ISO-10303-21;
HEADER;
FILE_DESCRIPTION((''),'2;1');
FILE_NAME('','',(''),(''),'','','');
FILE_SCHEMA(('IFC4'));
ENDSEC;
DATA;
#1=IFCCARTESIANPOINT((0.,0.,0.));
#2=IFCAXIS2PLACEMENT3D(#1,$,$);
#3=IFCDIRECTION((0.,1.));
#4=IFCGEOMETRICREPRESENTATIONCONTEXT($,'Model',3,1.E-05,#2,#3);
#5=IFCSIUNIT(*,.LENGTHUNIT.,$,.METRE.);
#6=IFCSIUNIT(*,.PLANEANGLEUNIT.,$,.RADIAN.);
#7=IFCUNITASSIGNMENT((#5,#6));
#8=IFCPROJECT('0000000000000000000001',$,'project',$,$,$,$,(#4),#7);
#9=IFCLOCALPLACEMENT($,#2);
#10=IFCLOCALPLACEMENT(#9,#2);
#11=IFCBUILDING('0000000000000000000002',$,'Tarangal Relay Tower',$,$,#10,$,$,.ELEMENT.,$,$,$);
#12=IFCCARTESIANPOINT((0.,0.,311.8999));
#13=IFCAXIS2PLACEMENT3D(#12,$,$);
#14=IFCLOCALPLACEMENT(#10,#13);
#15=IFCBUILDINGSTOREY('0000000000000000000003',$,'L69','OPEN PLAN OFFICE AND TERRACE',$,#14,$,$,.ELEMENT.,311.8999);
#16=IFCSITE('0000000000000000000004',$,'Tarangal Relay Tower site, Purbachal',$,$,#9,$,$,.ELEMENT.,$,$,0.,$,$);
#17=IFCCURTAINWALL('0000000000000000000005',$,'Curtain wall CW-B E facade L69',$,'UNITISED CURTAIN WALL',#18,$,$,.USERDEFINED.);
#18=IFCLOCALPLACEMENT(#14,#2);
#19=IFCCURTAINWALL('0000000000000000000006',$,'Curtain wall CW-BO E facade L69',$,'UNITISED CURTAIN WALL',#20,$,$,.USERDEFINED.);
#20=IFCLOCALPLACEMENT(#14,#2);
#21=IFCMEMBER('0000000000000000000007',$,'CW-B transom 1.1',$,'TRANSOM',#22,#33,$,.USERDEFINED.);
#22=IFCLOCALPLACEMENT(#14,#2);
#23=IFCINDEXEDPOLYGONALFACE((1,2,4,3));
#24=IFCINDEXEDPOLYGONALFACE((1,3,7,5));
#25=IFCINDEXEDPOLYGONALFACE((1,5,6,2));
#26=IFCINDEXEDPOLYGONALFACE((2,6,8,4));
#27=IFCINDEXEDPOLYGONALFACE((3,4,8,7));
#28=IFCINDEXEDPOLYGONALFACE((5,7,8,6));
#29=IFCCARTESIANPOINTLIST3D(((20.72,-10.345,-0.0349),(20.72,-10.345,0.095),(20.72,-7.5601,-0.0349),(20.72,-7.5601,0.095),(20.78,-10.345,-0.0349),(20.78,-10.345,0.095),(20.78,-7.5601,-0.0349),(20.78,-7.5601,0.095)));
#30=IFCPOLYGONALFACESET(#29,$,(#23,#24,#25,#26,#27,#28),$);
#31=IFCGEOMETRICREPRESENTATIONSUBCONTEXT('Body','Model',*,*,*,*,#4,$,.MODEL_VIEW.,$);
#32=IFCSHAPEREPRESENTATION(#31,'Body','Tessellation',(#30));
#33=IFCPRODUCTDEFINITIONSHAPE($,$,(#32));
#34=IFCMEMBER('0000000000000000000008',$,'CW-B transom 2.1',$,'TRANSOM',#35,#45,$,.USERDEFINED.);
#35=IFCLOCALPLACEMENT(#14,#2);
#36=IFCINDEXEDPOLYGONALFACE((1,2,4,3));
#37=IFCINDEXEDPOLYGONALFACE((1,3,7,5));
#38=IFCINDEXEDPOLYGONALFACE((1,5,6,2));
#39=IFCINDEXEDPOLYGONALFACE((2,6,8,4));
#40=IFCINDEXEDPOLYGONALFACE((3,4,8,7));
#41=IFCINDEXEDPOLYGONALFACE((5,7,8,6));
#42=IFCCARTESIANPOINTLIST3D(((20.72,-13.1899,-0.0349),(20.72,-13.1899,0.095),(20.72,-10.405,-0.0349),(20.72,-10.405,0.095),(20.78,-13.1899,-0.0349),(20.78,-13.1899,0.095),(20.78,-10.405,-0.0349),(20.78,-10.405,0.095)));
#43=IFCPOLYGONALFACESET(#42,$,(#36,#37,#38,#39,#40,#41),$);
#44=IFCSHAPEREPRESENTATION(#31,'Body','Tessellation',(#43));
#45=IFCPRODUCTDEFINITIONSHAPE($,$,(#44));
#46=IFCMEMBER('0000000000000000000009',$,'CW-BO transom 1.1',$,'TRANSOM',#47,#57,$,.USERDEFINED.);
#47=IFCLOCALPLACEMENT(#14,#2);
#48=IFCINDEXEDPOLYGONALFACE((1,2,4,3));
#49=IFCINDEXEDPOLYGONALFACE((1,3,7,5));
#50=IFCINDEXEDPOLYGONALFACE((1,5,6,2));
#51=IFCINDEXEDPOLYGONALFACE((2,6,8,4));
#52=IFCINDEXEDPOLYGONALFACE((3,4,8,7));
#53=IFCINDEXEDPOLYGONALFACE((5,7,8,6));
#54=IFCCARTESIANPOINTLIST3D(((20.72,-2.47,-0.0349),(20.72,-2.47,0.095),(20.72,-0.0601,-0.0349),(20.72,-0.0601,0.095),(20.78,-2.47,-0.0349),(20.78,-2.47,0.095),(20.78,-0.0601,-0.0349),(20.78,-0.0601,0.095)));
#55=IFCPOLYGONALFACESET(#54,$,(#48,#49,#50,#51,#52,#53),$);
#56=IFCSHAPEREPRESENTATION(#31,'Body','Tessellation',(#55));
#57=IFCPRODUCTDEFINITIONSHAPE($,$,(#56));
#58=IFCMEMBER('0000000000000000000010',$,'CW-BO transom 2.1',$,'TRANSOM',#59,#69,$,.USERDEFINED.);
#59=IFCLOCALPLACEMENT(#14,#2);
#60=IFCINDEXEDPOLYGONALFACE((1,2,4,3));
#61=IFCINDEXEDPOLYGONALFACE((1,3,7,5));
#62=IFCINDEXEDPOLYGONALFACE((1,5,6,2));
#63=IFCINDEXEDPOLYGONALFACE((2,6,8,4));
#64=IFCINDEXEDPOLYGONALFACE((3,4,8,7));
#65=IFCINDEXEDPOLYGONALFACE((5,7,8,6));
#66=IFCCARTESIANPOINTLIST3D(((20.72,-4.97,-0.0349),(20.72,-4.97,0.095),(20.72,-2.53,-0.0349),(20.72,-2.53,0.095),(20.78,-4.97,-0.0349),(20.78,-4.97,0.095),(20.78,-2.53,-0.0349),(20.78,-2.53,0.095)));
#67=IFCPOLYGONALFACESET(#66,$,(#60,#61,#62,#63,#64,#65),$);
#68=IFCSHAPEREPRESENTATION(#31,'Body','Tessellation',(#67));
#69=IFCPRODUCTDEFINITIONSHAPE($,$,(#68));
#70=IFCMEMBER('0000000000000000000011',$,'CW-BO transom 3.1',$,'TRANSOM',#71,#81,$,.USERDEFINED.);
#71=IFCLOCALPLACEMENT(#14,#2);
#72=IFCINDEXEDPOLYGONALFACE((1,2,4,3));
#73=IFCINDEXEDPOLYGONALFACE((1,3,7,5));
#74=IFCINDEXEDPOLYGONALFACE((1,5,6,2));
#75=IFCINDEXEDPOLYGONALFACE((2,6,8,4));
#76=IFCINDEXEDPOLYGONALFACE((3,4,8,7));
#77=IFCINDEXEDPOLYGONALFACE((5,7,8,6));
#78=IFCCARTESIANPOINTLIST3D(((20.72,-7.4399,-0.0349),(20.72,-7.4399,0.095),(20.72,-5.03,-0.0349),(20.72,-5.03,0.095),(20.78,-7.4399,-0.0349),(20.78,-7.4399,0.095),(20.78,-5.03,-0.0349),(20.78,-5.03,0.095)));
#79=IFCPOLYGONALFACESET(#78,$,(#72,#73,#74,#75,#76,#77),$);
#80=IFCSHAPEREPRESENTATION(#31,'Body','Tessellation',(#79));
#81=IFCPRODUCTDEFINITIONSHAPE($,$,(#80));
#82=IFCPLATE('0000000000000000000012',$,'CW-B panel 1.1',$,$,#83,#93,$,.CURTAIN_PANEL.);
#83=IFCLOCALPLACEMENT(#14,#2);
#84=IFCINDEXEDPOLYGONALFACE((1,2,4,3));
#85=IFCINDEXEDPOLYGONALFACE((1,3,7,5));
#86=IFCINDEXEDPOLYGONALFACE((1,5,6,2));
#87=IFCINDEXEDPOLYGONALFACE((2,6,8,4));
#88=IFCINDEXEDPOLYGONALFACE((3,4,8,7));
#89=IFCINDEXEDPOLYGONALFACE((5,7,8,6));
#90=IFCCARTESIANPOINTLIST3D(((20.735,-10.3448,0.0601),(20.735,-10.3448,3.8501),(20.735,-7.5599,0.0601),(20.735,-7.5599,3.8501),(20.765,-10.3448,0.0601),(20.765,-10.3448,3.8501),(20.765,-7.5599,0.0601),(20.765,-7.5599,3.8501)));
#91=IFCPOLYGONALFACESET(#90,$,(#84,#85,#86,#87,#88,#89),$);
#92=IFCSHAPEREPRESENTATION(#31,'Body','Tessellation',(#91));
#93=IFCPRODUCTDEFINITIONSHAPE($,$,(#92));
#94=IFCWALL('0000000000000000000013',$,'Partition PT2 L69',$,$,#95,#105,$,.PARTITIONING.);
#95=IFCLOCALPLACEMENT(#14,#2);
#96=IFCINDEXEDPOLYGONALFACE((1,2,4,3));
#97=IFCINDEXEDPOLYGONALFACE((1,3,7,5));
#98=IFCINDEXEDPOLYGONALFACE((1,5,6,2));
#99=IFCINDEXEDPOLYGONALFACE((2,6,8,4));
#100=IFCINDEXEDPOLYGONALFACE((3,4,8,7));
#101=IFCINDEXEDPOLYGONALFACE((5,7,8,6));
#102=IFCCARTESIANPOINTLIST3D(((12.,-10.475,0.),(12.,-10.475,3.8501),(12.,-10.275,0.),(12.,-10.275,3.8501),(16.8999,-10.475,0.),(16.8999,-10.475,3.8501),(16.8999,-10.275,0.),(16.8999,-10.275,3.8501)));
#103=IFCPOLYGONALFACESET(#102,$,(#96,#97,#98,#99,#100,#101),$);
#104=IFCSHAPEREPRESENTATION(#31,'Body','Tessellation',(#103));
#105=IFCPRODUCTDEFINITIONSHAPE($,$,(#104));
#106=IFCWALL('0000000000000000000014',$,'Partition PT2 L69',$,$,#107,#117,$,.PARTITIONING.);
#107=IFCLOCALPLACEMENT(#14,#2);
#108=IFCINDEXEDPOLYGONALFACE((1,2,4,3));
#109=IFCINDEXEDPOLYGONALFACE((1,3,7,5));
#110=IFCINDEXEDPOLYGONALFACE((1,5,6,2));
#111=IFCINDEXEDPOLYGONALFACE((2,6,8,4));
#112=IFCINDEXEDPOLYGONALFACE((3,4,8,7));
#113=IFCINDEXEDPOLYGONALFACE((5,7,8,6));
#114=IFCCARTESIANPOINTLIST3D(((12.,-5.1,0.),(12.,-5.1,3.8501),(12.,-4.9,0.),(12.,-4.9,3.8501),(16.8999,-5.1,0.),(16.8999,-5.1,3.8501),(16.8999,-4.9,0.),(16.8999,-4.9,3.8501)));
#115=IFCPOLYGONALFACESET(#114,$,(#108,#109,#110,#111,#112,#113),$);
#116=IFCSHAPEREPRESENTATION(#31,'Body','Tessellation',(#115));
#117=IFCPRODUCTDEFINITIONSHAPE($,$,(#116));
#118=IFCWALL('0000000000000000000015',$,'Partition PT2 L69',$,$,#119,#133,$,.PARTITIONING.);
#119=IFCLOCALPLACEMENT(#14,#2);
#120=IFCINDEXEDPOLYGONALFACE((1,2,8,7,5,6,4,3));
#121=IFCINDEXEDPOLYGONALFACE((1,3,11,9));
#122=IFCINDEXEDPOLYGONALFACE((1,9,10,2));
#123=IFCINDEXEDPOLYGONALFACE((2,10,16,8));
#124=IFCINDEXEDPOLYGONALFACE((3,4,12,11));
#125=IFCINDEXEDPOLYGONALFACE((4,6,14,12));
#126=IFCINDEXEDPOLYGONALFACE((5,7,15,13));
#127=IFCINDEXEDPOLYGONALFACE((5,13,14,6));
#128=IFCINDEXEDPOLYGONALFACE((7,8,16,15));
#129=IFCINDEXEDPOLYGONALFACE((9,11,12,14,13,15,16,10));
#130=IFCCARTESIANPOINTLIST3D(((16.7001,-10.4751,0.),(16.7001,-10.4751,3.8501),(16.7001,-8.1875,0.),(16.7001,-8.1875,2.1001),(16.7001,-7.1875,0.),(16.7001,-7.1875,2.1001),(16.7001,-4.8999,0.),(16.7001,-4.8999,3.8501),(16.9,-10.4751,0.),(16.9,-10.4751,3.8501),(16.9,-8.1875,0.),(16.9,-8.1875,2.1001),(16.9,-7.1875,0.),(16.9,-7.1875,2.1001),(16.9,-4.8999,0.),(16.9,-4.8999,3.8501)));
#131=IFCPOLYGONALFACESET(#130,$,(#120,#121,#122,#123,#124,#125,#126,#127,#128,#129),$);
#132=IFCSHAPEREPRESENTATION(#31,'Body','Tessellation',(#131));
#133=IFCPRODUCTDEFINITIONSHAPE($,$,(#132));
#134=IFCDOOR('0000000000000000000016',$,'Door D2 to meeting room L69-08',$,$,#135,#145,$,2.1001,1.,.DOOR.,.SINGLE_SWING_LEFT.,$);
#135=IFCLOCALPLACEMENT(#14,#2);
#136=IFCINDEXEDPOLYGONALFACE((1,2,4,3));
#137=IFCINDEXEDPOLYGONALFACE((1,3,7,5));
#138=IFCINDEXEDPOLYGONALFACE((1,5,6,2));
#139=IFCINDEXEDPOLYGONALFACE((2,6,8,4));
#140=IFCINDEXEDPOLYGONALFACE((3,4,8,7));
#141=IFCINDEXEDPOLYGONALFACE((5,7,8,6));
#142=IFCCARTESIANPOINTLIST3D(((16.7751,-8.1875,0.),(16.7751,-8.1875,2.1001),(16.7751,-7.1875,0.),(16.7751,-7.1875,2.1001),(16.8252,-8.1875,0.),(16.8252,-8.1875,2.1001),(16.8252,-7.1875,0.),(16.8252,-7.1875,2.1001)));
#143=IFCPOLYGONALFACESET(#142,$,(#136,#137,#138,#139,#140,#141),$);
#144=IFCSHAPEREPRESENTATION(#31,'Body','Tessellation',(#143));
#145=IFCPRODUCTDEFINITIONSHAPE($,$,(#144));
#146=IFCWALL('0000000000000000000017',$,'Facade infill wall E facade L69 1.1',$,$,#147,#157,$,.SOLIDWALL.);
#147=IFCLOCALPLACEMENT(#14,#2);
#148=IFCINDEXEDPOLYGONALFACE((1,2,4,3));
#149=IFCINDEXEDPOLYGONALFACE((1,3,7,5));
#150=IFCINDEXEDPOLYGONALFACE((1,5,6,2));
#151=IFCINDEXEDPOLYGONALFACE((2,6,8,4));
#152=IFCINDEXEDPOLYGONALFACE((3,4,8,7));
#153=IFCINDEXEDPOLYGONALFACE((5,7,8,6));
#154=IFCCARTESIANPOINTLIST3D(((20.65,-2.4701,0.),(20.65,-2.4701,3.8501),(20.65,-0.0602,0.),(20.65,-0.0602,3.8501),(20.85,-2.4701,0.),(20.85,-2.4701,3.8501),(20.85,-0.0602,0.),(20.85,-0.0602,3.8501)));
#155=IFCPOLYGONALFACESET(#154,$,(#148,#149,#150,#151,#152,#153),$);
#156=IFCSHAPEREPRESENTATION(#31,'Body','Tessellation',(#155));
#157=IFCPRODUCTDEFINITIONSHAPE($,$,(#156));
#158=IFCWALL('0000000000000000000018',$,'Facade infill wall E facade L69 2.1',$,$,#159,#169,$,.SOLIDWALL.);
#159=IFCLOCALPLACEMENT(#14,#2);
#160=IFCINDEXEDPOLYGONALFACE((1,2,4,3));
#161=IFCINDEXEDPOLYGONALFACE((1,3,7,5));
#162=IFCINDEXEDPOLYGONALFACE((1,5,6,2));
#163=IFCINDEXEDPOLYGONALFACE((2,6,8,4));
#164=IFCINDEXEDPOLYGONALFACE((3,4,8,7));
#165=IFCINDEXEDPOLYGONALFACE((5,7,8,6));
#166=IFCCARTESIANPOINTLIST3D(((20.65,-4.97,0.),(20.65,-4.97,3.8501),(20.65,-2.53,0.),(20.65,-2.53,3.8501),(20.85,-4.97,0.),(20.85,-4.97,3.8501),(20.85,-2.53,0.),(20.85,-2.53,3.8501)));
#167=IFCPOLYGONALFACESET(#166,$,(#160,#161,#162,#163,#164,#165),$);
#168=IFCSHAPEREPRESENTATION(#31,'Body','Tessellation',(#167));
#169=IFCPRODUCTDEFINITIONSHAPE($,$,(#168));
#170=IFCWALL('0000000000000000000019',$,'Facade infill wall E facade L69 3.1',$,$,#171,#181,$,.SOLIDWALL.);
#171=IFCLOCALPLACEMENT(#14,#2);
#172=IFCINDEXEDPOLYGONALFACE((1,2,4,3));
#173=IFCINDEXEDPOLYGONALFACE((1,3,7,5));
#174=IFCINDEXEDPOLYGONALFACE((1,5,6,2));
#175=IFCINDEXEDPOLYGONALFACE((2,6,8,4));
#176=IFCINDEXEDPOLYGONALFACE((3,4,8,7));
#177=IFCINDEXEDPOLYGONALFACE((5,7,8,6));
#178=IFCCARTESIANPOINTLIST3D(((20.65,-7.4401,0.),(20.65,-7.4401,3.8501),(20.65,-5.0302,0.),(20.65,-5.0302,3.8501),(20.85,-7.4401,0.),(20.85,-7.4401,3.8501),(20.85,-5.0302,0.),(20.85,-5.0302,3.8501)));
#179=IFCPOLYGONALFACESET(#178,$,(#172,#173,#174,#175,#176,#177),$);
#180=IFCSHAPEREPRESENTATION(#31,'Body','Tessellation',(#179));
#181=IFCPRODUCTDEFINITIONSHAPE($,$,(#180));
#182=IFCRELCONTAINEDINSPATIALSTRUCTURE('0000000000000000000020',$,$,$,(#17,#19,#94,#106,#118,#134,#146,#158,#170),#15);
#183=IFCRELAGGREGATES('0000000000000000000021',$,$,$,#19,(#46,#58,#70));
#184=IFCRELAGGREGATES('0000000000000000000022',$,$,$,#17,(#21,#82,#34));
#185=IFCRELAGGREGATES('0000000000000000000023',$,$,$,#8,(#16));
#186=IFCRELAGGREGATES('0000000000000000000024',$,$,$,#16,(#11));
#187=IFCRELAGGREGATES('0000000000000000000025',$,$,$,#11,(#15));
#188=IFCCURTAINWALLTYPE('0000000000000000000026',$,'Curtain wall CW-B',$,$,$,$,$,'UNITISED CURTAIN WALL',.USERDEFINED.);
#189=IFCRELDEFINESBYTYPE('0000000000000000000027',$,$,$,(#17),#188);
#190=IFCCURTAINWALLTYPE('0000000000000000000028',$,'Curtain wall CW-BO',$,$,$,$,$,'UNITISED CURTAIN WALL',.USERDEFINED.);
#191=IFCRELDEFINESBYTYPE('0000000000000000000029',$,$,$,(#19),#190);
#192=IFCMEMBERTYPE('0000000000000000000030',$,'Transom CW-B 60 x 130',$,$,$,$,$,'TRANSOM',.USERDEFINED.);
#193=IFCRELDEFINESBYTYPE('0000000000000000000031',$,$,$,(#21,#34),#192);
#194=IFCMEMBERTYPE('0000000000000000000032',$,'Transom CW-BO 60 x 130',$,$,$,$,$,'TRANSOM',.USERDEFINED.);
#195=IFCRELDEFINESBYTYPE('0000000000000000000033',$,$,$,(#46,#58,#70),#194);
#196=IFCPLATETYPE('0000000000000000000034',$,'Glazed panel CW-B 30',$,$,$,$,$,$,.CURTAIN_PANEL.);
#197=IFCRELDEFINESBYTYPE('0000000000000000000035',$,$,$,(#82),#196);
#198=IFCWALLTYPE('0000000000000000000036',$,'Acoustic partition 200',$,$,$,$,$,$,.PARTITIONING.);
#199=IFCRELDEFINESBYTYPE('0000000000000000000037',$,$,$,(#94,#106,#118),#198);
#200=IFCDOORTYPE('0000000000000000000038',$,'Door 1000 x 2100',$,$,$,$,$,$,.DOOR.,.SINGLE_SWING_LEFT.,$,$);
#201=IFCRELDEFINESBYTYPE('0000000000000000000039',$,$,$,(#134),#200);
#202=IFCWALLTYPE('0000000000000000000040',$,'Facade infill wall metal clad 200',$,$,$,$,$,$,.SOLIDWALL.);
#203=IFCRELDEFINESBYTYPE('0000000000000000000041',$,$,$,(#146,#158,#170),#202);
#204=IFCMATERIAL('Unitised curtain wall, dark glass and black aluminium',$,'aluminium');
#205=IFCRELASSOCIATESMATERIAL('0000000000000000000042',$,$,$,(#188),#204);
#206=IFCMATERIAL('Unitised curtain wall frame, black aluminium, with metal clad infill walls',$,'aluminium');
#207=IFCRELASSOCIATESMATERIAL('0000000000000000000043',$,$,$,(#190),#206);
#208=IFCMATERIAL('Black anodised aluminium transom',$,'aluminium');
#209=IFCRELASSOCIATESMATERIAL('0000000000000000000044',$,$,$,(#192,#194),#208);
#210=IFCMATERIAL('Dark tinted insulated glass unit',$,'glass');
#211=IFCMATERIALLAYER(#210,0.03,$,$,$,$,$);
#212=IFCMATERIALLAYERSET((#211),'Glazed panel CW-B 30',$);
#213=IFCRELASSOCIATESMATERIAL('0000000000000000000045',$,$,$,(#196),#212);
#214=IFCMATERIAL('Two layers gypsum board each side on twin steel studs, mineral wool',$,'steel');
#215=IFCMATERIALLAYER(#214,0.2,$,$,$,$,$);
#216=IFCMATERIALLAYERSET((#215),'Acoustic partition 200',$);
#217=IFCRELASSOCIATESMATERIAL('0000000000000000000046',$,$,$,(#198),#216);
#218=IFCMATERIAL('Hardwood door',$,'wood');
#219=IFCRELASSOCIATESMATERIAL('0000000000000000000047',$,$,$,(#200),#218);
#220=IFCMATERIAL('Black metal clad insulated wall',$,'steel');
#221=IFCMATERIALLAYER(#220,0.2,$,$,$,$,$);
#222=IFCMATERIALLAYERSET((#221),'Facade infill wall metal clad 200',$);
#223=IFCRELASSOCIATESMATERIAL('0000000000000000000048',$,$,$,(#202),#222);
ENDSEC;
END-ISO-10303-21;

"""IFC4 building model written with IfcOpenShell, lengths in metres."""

from ifc_helpers import new_model, si_unit, direction, frame, frame_2d, origin, origin_2d, place, context, subcontext, project, spatial, rectangle, extrude, material, layer, layer_set, material_profile, profile_set, type_object, element, fill, aggregate, save


model = new_model("IFC4")

# Units and contexts
model_context = context("Model", 3, precision=1e-05, world=origin(), true_north=direction((0.0, 1.0)))
body_context = subcontext(model_context, "Body", "Model", "MODEL_VIEW")
ifc_project = project(units=[si_unit("LENGTHUNIT", "METRE"), si_unit("PLANEANGLEUNIT", "RADIAN")], contexts=[model_context])

# Site, building, storey
site_placement = place(None, origin())
site = spatial("IfcSite", under=ifc_project, at=site_placement, Name="Tarangal Relay Tower site, Purbachal", CompositionType="ELEMENT", RefElevation=0.0)
building_placement = place(site_placement, origin())
building = spatial("IfcBuilding", under=site, at=building_placement, Name="Tarangal Relay Tower", CompositionType="ELEMENT")
storey_placement = place(building_placement, frame((0.0, 0.0, 311.8999)))
storey = spatial("IfcBuildingStorey", under=building, at=storey_placement, Name="L69", Description="OPEN PLAN OFFICE AND TERRACE", CompositionType="ELEMENT", Elevation=311.8999)

# Curtain walls
ifc_material_1 = material(Name="Unitised curtain wall, dark glass and black aluminium", Category="aluminium")
curtain_wall_type_1 = type_object("IfcCurtainWallType", Name="Curtain wall CW-B", ElementType="UNITISED CURTAIN WALL", PredefinedType="USERDEFINED", material=ifc_material_1)
curtain_wall_1_placement = place(storey_placement, origin())
curtain_wall_1 = element("IfcCurtainWall", 1, at=curtain_wall_1_placement, inside=storey, type_object=curtain_wall_type_1, Name="Curtain wall CW-B E facade L69", ObjectType="UNITISED CURTAIN WALL", PredefinedType="USERDEFINED")
ifc_material_2 = material(Name="Unitised curtain wall frame, black aluminium, with metal clad infill walls", Category="aluminium")
curtain_wall_type_2 = type_object("IfcCurtainWallType", Name="Curtain wall CW-BO", ElementType="UNITISED CURTAIN WALL", PredefinedType="USERDEFINED", material=ifc_material_2)
curtain_wall_2_placement = place(storey_placement, origin())
curtain_wall_2 = element("IfcCurtainWall", 2, at=curtain_wall_2_placement, inside=storey, type_object=curtain_wall_type_2, Name="Curtain wall CW-BO E facade L69", ObjectType="UNITISED CURTAIN WALL", PredefinedType="USERDEFINED")

# Members
ifc_material_3 = material(Name="Black anodised aluminium transom", Category="aluminium")
ifc_material_profile_1 = material_profile(ifc_material_3, rectangle(XDim=0.0601, YDim=0.1299, at=origin_2d()), Name="CW-BT 60X130")
ifc_profile_set_1 = profile_set([ifc_material_profile_1], Name="Black anodised aluminium transom")
member_type_1 = type_object("IfcMemberType", Name="Transom CW-B 60 x 130", ElementType="TRANSOM", PredefinedType="USERDEFINED", material=ifc_profile_set_1)
member_1_placement = place(storey_placement, frame((20.75, -7.5601, 0.03), z_axis=(0.0, -1.0, 0.0), x_axis=(1.0, 0.0, 0.0)))
member_1 = element("IfcMember", 3, at=member_1_placement, type_object=member_type_1, Name="CW-B transom 1.1", ObjectType="TRANSOM", PredefinedType="USERDEFINED", context=body_context, shape_type="SweptSolid", body=[
    extrude(rectangle(XDim=0.0601, YDim=0.1299, at=origin_2d()), origin(), (0.0, 0.0, 1.0), 2.7849),
])
member_2_placement = place(storey_placement, frame((20.75, -10.405, 0.03), z_axis=(0.0, -1.0, 0.0), x_axis=(1.0, 0.0, 0.0)))
member_2 = element("IfcMember", 4, at=member_2_placement, type_object=member_type_1, Name="CW-B transom 2.1", ObjectType="TRANSOM", PredefinedType="USERDEFINED", context=body_context, shape_type="SweptSolid", body=[
    extrude(rectangle(XDim=0.0601, YDim=0.1299, at=origin_2d()), origin(), (0.0, 0.0, 1.0), 2.7849),
])
ifc_material_profile_2 = material_profile(ifc_material_3, rectangle(XDim=0.0601, YDim=0.1299, at=origin_2d()), Name="CW-BOT 60X130")
ifc_profile_set_2 = profile_set([ifc_material_profile_2], Name="Black anodised aluminium transom")
member_type_2 = type_object("IfcMemberType", Name="Transom CW-BO 60 x 130", ElementType="TRANSOM", PredefinedType="USERDEFINED", material=ifc_profile_set_2)
member_3_placement = place(storey_placement, frame((20.75, -0.0601, 0.03), z_axis=(0.0, -1.0, 0.0), x_axis=(1.0, 0.0, 0.0)))
member_3 = element("IfcMember", 5, at=member_3_placement, type_object=member_type_2, Name="CW-BO transom 1.1", ObjectType="TRANSOM", PredefinedType="USERDEFINED", context=body_context, shape_type="SweptSolid", body=[
    extrude(rectangle(XDim=0.0601, YDim=0.1299, at=origin_2d()), origin(), (0.0, 0.0, 1.0), 2.4099),
])
member_4_placement = place(storey_placement, frame((20.75, -2.53, 0.03), z_axis=(0.0, -1.0, 0.0), x_axis=(1.0, 0.0, 0.0)))
member_4 = element("IfcMember", 6, at=member_4_placement, type_object=member_type_2, Name="CW-BO transom 2.1", ObjectType="TRANSOM", PredefinedType="USERDEFINED", context=body_context, shape_type="SweptSolid", body=[
    extrude(rectangle(XDim=0.0601, YDim=0.1299, at=origin_2d()), origin(), (0.0, 0.0, 1.0), 2.4399),
])
member_5_placement = place(storey_placement, frame((20.75, -5.03, 0.03), z_axis=(0.0, -1.0, 0.0), x_axis=(1.0, 0.0, 0.0)))
member_5 = element("IfcMember", 7, at=member_5_placement, type_object=member_type_2, Name="CW-BO transom 3.1", ObjectType="TRANSOM", PredefinedType="USERDEFINED", context=body_context, shape_type="SweptSolid", body=[
    extrude(rectangle(XDim=0.0601, YDim=0.1299, at=origin_2d()), origin(), (0.0, 0.0, 1.0), 2.4099),
])
aggregate(curtain_wall_2, [member_3, member_4, member_5])

# Plate
ifc_material_4 = material(Name="Dark tinted insulated glass unit", Category="glass")
ifc_layer_1 = layer(ifc_material_4, 0.03)
ifc_layer_set_1 = layer_set([ifc_layer_1], Name="Glazed panel CW-B 30")
plate_type = type_object("IfcPlateType", Name="Glazed panel CW-B 30", PredefinedType="CURTAIN_PANEL", material=ifc_layer_set_1)
plate_placement = place(storey_placement, frame((20.75, -8.9524, 0.0601), z_axis=(0.0, 0.0, 1.0), x_axis=(0.0, -1.0, 0.0)))
plate = element("IfcPlate", 8, at=plate_placement, type_object=plate_type, Name="CW-B panel 1.1", PredefinedType="CURTAIN_PANEL", context=body_context, shape_type="SweptSolid", body=[
    extrude(rectangle(XDim=2.7849, YDim=0.03, at=origin_2d()), origin(), (0.0, 0.0, 1.0), 3.79),
])
aggregate(curtain_wall_1, [member_1, plate, member_2])

# Walls
ifc_material_5 = material(Name="Two layers gypsum board each side on twin steel studs, mineral wool", Category="steel")
ifc_layer_2 = layer(ifc_material_5, 0.2)
ifc_layer_set_2 = layer_set([ifc_layer_2], Name="Acoustic partition 200")
wall_type_1 = type_object("IfcWallType", Name="Acoustic partition 200", PredefinedType="PARTITIONING", material=ifc_layer_set_2)
for number, where, z_axis, x_axis, name in (
    (9, (12.0, -10.375, 0.0), (0.0, 0.0, 1.0), (1.0, 0.0, 0.0), "Partition PT2 L69"),
    (10, (12.0, -5.0, 0.0), (0.0, 0.0, 1.0), (1.0, 0.0, 0.0), "Partition PT2 L69"),
):
    element("IfcWall", number, at=place(storey_placement, frame(where, z_axis=z_axis, x_axis=x_axis)), inside=storey, type_object=wall_type_1, Name=name, PredefinedType="PARTITIONING", context=body_context, shape_type="SweptSolid", body=[
        extrude(rectangle(XDim=4.8999, YDim=0.2, at=frame_2d((2.45, 0.0))), origin(), (0.0, 0.0, 1.0), 3.8501),
    ])

# Wall, opening, door
wall_1_placement = place(storey_placement, frame((16.8, -10.4751, 0.0), z_axis=(0.0, 0.0, 1.0), x_axis=(0.0, 1.0, 0.0)))
wall_1 = element("IfcWall", 11, at=wall_1_placement, inside=storey, type_object=wall_type_1, Name="Partition PT2 L69", PredefinedType="PARTITIONING", context=body_context, shape_type="SweptSolid", body=[
    extrude(rectangle(XDim=5.5752, YDim=0.2, at=frame_2d((2.7876, 0.0))), origin(), (0.0, 0.0, 1.0), 3.8501),
])
opening_1_placement = place(wall_1_placement, frame((2.2876, 0.0, 0.0)))
opening_1 = element("IfcOpeningElement", 12, at=opening_1_placement, cuts=wall_1, PredefinedType="OPENING", context=body_context, shape_type="SweptSolid", body=[
    extrude(rectangle(XDim=1.0, YDim=2.1001, at=frame_2d((0.5, 1.05))), frame((0.0, 0.1099, 0.0), z_axis=(0.0, -1.0, 0.0), x_axis=(1.0, 0.0, 0.0)), (0.0, 0.0, 1.0), 0.22),
])
ifc_material_6 = material(Name="Hardwood door", Category="wood")
door_type_1 = type_object("IfcDoorType", Name="Door 1000 x 2100", OperationType="SINGLE_SWING_LEFT", PredefinedType="DOOR", material=ifc_material_6)
door_1_placement = place(opening_1_placement, origin())
door_1 = element("IfcDoor", 13, at=door_1_placement, inside=storey, type_object=door_type_1, Name="Door D2 to meeting room L69-08", OperationType="SINGLE_SWING_LEFT", OverallHeight=2.1001, OverallWidth=1.0, PredefinedType="DOOR", context=body_context, shape_type="SweptSolid", body=[
    extrude(rectangle(XDim=1.0, YDim=2.1001, at=frame_2d((0.5, 1.05))), frame((0.0, 0.0249, 0.0), z_axis=(0.0, -1.0, 0.0), x_axis=(1.0, 0.0, 0.0)), (0.0, 0.0, 1.0), 0.05),
])
fill(opening_1, door_1)

# Walls
ifc_material_7 = material(Name="Black metal clad insulated wall", Category="steel")
ifc_layer_3 = layer(ifc_material_7, 0.2)
ifc_layer_set_3 = layer_set([ifc_layer_3], Name="Facade infill wall metal clad 200")
wall_type_2 = type_object("IfcWallType", Name="Facade infill wall metal clad 200", PredefinedType="SOLIDWALL", material=ifc_layer_set_3)
wall_2_placement = place(storey_placement, frame((20.75, -0.0601, 0.0), z_axis=(0.0, 0.0, 1.0), x_axis=(0.0, -1.0, 0.0)))
element("IfcWall", 14, at=wall_2_placement, inside=storey, type_object=wall_type_2, Name="Facade infill wall E facade L69 1.1", PredefinedType="SOLIDWALL", context=body_context, shape_type="SweptSolid", body=[
    extrude(rectangle(XDim=2.4099, YDim=0.2, at=frame_2d((1.2051, 0.0))), origin(), (0.0, 0.0, 1.0), 3.8501),
])
wall_3_placement = place(storey_placement, frame((20.75, -2.53, 0.0), z_axis=(0.0, 0.0, 1.0), x_axis=(0.0, -1.0, 0.0)))
element("IfcWall", 15, at=wall_3_placement, inside=storey, type_object=wall_type_2, Name="Facade infill wall E facade L69 2.1", PredefinedType="SOLIDWALL", context=body_context, shape_type="SweptSolid", body=[
    extrude(rectangle(XDim=2.4399, YDim=0.2, at=frame_2d((1.22, 0.0))), origin(), (0.0, 0.0, 1.0), 3.8501),
])
wall_4_placement = place(storey_placement, frame((20.75, -5.03, 0.0), z_axis=(0.0, 0.0, 1.0), x_axis=(0.0, -1.0, 0.0)))
element("IfcWall", 16, at=wall_4_placement, inside=storey, type_object=wall_type_2, Name="Facade infill wall E facade L69 3.1", PredefinedType="SOLIDWALL", context=body_context, shape_type="SweptSolid", body=[
    extrude(rectangle(XDim=2.4099, YDim=0.2, at=frame_2d((1.2051, 0.0))), origin(), (0.0, 0.0, 1.0), 3.8501),
])

save(model, "model.ifc")
